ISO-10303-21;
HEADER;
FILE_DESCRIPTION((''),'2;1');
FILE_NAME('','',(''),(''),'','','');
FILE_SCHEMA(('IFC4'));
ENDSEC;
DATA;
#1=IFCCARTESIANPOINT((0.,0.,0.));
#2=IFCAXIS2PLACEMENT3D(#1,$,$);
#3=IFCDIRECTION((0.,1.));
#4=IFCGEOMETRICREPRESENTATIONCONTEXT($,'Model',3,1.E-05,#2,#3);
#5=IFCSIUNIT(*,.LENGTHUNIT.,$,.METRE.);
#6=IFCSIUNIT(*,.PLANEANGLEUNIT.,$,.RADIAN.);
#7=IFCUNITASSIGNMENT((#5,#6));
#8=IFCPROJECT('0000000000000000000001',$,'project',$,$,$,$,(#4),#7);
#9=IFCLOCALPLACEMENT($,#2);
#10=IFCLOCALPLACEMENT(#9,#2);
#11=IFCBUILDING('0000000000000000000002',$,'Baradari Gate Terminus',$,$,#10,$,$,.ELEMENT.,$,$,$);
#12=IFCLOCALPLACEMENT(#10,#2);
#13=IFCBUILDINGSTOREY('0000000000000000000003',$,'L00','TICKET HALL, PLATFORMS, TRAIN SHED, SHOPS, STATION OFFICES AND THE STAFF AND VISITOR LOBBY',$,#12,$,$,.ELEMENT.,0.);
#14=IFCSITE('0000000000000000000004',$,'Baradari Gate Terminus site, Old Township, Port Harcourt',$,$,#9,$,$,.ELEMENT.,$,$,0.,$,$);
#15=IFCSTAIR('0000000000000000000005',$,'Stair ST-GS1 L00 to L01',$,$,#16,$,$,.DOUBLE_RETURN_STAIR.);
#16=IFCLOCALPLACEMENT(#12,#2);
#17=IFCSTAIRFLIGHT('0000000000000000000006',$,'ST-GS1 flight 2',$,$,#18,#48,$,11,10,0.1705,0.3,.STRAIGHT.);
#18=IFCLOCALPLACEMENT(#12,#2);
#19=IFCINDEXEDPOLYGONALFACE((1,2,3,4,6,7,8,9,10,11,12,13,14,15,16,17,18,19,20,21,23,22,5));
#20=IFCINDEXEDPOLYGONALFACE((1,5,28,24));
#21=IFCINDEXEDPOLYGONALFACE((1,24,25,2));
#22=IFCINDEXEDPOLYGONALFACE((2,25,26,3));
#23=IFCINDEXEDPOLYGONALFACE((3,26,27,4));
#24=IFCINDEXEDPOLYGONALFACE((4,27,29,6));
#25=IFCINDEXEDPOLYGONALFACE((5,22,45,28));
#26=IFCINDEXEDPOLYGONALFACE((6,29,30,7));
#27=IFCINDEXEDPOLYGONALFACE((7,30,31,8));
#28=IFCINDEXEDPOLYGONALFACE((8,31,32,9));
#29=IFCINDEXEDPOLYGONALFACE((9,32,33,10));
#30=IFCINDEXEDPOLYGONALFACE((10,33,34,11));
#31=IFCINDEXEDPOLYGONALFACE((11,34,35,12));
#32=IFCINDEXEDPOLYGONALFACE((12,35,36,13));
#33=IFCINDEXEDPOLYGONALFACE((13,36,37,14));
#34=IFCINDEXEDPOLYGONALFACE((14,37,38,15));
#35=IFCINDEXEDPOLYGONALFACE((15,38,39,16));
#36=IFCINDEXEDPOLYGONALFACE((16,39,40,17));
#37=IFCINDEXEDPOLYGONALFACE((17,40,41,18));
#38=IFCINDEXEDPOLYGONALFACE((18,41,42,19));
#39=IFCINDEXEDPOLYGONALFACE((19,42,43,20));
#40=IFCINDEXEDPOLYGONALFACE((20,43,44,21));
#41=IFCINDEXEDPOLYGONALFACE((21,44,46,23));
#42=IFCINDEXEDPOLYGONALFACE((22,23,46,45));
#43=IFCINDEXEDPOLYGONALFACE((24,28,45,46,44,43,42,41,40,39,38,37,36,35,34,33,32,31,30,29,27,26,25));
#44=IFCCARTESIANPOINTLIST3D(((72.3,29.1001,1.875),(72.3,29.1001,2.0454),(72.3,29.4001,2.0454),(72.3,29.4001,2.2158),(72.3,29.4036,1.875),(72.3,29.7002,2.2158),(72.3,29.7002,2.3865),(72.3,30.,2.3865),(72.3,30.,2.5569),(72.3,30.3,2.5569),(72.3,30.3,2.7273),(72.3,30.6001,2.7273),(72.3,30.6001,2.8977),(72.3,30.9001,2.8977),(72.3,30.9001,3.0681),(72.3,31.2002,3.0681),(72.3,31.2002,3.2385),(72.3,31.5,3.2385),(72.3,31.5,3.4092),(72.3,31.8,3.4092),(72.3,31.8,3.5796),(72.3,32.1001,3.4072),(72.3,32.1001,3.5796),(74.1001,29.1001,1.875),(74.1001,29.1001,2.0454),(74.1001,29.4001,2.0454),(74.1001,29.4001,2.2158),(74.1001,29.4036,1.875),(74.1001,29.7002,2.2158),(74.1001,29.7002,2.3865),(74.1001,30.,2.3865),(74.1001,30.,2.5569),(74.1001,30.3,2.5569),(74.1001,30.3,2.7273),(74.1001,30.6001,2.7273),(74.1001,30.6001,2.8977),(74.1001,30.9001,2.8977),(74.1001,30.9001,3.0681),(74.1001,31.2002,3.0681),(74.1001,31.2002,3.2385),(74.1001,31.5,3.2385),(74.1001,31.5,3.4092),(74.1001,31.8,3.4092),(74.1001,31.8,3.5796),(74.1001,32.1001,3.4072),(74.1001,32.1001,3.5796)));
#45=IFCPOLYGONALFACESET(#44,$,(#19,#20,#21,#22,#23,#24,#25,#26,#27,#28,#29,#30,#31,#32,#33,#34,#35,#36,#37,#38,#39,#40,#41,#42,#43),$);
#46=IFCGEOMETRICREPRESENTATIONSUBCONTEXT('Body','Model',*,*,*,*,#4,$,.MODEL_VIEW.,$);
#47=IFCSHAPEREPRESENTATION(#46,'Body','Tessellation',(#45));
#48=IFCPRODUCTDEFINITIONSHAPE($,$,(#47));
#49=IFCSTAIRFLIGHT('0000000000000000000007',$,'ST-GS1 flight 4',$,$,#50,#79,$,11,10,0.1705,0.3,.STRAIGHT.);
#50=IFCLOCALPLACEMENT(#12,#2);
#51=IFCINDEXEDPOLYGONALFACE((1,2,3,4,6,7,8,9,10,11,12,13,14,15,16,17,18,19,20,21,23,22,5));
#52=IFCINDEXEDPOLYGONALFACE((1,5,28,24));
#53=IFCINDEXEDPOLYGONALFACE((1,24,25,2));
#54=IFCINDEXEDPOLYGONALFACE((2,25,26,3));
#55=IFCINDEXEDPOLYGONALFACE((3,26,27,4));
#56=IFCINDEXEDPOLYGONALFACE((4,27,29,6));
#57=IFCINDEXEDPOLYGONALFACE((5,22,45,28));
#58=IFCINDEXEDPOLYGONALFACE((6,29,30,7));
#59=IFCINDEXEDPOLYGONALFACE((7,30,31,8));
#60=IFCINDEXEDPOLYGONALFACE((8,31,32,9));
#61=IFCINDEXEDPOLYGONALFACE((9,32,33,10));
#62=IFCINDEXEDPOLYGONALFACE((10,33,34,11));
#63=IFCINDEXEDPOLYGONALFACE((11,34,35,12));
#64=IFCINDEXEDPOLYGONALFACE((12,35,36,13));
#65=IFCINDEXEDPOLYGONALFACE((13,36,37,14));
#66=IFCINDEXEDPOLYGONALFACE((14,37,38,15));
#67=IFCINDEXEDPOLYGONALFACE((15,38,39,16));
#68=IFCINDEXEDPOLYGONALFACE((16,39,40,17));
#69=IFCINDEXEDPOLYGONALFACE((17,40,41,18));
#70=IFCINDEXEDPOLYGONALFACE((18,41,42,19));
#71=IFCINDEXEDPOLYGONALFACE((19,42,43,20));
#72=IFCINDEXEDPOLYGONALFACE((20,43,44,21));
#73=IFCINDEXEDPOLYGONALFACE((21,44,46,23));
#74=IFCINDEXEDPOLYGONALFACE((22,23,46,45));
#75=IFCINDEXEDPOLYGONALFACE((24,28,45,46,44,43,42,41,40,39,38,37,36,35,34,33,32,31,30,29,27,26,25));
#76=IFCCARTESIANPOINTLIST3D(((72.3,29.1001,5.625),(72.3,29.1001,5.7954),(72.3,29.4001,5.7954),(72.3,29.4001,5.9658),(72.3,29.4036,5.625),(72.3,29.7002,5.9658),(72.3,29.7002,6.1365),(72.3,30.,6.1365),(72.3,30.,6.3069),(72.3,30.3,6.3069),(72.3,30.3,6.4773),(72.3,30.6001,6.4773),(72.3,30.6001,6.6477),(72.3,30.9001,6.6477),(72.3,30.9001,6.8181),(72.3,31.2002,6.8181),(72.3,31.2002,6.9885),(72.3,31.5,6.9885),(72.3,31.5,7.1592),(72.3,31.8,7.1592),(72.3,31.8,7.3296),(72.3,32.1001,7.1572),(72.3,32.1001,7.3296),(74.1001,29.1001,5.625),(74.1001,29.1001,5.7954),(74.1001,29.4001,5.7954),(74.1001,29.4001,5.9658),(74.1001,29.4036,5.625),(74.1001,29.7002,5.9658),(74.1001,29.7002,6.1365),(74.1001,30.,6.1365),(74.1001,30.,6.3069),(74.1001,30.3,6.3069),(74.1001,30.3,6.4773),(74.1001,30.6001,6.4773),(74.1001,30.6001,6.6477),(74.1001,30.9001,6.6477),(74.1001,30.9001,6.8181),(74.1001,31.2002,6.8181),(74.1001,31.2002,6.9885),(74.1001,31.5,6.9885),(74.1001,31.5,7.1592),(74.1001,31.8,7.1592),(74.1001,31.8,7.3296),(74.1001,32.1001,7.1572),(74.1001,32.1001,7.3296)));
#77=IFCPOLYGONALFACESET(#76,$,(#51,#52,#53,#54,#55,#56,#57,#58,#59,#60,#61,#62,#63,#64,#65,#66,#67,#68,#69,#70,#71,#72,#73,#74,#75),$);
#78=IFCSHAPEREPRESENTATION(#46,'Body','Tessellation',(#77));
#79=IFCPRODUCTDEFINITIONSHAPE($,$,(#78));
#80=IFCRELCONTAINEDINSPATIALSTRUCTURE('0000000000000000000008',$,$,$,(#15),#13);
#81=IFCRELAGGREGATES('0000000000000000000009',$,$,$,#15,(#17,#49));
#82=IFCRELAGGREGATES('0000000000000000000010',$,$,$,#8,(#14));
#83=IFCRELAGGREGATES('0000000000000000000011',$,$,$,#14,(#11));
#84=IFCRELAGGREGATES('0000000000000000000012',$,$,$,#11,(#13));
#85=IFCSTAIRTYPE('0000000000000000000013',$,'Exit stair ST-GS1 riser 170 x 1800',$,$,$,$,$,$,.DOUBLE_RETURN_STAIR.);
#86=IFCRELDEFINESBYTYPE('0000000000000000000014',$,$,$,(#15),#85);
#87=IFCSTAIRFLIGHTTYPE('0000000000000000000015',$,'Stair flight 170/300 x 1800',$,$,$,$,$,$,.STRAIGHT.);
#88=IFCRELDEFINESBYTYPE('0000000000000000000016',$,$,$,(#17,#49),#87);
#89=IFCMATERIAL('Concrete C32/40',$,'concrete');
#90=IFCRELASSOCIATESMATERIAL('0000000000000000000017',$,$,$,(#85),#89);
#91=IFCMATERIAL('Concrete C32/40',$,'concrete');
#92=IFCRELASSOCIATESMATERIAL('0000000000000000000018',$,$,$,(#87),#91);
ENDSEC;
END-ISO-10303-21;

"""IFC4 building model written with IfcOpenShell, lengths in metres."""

from ifc_helpers import new_model, si_unit, direction, frame, origin, place, context, subcontext, project, spatial, polyline, outline, extrude, material, type_object, element, aggregate, save


model = new_model("IFC4")

# Units and contexts
model_context = context("Model", 3, precision=1e-05, world=origin(), true_north=direction((0.0, 1.0)))
body_context = subcontext(model_context, "Body", "Model", "MODEL_VIEW")
ifc_project = project(units=[si_unit("LENGTHUNIT", "METRE"), si_unit("PLANEANGLEUNIT", "RADIAN")], contexts=[model_context])

# Site, building, storey
site_placement = place(None, origin())
site = spatial("IfcSite", under=ifc_project, at=site_placement, Name="Baradari Gate Terminus site, Old Township, Port Harcourt", CompositionType="ELEMENT", RefElevation=0.0)
building_placement = place(site_placement, origin())
building = spatial("IfcBuilding", under=site, at=building_placement, Name="Baradari Gate Terminus", CompositionType="ELEMENT")
storey_placement = place(building_placement, origin())
storey = spatial("IfcBuildingStorey", under=building, at=storey_placement, Name="L00", Description="TICKET HALL, PLATFORMS, TRAIN SHED, SHOPS, STATION OFFICES AND THE STAFF AND VISITOR LOBBY", CompositionType="ELEMENT", Elevation=0.0)

# Stair, stair flights
ifc_material_1 = material(Name="Concrete C32/40", Category="concrete")
stair_type = type_object("IfcStairType", Name="Exit stair ST-GS1 riser 170 x 1800", PredefinedType="DOUBLE_RETURN_STAIR", material=ifc_material_1)
stair_placement = place(storey_placement, origin())
stair = element("IfcStair", 1, at=stair_placement, inside=storey, type_object=stair_type, Name="Stair ST-GS1 L00 to L01", PredefinedType="DOUBLE_RETURN_STAIR")
ifc_material_2 = material(Name="Concrete C32/40", Category="concrete")
stair_flight_type = type_object("IfcStairFlightType", Name="Stair flight 170/300 x 1800", PredefinedType="STRAIGHT", material=ifc_material_2)
stair_flight_1_placement = place(storey_placement, frame((73.2, 29.1001, 1.875), z_axis=(0.0, 0.0, 1.0), x_axis=(0.0, 1.0, 0.0)))
stair_flight_1 = element("IfcStairFlight", 2, at=stair_flight_1_placement, type_object=stair_flight_type, Name="ST-GS1 flight 2", NumberOfRisers=11, NumberOfTreads=10, PredefinedType="STRAIGHT", RiserHeight=0.1705, TreadLength=0.3, context=body_context, shape_type="SweptSolid", body=[
    extrude(outline(polyline([(0.0, 0.0), (0.0, 0.1704), (0.3, 0.1704), (0.3, 0.3408), (0.6001, 0.3408), (0.6001, 0.5115), (0.8999, 0.5115), (0.8999, 0.6819), (1.2, 0.6819), (1.2, 0.8523), (1.5, 0.8523), (1.5, 1.0227), (1.8, 1.0227), (1.8, 1.1931), (2.1001, 1.1931), (2.1001, 1.3635), (2.3999, 1.3635), (2.3999, 1.5342), (2.7, 1.5342), (2.7, 1.7046), (3.0, 1.7046), (3.0, 1.875), (3.0, 1.5322), (0.3035, 0.0), (0.0, 0.0)])), frame((0.0, 0.8999, 0.0), z_axis=(0.0, -1.0, 0.0), x_axis=(1.0, 0.0, 0.0)), (0.0, 0.0, 1.0), 1.8),
])
stair_flight_2_placement = place(storey_placement, frame((73.2, 29.1001, 5.625), z_axis=(0.0, 0.0, 1.0), x_axis=(0.0, 1.0, 0.0)))
stair_flight_2 = element("IfcStairFlight", 3, at=stair_flight_2_placement, type_object=stair_flight_type, Name="ST-GS1 flight 4", NumberOfRisers=11, NumberOfTreads=10, PredefinedType="STRAIGHT", RiserHeight=0.1705, TreadLength=0.3, context=body_context, shape_type="SweptSolid", body=[
    extrude(outline(polyline([(0.0, 0.0), (0.0, 0.1704), (0.3, 0.1704), (0.3, 0.3408), (0.6001, 0.3408), (0.6001, 0.5115), (0.8999, 0.5115), (0.8999, 0.6819), (1.2, 0.6819), (1.2, 0.8523), (1.5, 0.8523), (1.5, 1.0227), (1.8, 1.0227), (1.8, 1.1931), (2.1001, 1.1931), (2.1001, 1.3635), (2.3999, 1.3635), (2.3999, 1.5342), (2.7, 1.5342), (2.7, 1.7046), (3.0, 1.7046), (3.0, 1.875), (3.0, 1.5322), (0.3035, 0.0), (0.0, 0.0)])), frame((0.0, 0.8999, 0.0), z_axis=(0.0, -1.0, 0.0), x_axis=(1.0, 0.0, 0.0)), (0.0, 0.0, 1.0), 1.8),
])
aggregate(stair, [stair_flight_1, stair_flight_2])

save(model, "model.ifc")
